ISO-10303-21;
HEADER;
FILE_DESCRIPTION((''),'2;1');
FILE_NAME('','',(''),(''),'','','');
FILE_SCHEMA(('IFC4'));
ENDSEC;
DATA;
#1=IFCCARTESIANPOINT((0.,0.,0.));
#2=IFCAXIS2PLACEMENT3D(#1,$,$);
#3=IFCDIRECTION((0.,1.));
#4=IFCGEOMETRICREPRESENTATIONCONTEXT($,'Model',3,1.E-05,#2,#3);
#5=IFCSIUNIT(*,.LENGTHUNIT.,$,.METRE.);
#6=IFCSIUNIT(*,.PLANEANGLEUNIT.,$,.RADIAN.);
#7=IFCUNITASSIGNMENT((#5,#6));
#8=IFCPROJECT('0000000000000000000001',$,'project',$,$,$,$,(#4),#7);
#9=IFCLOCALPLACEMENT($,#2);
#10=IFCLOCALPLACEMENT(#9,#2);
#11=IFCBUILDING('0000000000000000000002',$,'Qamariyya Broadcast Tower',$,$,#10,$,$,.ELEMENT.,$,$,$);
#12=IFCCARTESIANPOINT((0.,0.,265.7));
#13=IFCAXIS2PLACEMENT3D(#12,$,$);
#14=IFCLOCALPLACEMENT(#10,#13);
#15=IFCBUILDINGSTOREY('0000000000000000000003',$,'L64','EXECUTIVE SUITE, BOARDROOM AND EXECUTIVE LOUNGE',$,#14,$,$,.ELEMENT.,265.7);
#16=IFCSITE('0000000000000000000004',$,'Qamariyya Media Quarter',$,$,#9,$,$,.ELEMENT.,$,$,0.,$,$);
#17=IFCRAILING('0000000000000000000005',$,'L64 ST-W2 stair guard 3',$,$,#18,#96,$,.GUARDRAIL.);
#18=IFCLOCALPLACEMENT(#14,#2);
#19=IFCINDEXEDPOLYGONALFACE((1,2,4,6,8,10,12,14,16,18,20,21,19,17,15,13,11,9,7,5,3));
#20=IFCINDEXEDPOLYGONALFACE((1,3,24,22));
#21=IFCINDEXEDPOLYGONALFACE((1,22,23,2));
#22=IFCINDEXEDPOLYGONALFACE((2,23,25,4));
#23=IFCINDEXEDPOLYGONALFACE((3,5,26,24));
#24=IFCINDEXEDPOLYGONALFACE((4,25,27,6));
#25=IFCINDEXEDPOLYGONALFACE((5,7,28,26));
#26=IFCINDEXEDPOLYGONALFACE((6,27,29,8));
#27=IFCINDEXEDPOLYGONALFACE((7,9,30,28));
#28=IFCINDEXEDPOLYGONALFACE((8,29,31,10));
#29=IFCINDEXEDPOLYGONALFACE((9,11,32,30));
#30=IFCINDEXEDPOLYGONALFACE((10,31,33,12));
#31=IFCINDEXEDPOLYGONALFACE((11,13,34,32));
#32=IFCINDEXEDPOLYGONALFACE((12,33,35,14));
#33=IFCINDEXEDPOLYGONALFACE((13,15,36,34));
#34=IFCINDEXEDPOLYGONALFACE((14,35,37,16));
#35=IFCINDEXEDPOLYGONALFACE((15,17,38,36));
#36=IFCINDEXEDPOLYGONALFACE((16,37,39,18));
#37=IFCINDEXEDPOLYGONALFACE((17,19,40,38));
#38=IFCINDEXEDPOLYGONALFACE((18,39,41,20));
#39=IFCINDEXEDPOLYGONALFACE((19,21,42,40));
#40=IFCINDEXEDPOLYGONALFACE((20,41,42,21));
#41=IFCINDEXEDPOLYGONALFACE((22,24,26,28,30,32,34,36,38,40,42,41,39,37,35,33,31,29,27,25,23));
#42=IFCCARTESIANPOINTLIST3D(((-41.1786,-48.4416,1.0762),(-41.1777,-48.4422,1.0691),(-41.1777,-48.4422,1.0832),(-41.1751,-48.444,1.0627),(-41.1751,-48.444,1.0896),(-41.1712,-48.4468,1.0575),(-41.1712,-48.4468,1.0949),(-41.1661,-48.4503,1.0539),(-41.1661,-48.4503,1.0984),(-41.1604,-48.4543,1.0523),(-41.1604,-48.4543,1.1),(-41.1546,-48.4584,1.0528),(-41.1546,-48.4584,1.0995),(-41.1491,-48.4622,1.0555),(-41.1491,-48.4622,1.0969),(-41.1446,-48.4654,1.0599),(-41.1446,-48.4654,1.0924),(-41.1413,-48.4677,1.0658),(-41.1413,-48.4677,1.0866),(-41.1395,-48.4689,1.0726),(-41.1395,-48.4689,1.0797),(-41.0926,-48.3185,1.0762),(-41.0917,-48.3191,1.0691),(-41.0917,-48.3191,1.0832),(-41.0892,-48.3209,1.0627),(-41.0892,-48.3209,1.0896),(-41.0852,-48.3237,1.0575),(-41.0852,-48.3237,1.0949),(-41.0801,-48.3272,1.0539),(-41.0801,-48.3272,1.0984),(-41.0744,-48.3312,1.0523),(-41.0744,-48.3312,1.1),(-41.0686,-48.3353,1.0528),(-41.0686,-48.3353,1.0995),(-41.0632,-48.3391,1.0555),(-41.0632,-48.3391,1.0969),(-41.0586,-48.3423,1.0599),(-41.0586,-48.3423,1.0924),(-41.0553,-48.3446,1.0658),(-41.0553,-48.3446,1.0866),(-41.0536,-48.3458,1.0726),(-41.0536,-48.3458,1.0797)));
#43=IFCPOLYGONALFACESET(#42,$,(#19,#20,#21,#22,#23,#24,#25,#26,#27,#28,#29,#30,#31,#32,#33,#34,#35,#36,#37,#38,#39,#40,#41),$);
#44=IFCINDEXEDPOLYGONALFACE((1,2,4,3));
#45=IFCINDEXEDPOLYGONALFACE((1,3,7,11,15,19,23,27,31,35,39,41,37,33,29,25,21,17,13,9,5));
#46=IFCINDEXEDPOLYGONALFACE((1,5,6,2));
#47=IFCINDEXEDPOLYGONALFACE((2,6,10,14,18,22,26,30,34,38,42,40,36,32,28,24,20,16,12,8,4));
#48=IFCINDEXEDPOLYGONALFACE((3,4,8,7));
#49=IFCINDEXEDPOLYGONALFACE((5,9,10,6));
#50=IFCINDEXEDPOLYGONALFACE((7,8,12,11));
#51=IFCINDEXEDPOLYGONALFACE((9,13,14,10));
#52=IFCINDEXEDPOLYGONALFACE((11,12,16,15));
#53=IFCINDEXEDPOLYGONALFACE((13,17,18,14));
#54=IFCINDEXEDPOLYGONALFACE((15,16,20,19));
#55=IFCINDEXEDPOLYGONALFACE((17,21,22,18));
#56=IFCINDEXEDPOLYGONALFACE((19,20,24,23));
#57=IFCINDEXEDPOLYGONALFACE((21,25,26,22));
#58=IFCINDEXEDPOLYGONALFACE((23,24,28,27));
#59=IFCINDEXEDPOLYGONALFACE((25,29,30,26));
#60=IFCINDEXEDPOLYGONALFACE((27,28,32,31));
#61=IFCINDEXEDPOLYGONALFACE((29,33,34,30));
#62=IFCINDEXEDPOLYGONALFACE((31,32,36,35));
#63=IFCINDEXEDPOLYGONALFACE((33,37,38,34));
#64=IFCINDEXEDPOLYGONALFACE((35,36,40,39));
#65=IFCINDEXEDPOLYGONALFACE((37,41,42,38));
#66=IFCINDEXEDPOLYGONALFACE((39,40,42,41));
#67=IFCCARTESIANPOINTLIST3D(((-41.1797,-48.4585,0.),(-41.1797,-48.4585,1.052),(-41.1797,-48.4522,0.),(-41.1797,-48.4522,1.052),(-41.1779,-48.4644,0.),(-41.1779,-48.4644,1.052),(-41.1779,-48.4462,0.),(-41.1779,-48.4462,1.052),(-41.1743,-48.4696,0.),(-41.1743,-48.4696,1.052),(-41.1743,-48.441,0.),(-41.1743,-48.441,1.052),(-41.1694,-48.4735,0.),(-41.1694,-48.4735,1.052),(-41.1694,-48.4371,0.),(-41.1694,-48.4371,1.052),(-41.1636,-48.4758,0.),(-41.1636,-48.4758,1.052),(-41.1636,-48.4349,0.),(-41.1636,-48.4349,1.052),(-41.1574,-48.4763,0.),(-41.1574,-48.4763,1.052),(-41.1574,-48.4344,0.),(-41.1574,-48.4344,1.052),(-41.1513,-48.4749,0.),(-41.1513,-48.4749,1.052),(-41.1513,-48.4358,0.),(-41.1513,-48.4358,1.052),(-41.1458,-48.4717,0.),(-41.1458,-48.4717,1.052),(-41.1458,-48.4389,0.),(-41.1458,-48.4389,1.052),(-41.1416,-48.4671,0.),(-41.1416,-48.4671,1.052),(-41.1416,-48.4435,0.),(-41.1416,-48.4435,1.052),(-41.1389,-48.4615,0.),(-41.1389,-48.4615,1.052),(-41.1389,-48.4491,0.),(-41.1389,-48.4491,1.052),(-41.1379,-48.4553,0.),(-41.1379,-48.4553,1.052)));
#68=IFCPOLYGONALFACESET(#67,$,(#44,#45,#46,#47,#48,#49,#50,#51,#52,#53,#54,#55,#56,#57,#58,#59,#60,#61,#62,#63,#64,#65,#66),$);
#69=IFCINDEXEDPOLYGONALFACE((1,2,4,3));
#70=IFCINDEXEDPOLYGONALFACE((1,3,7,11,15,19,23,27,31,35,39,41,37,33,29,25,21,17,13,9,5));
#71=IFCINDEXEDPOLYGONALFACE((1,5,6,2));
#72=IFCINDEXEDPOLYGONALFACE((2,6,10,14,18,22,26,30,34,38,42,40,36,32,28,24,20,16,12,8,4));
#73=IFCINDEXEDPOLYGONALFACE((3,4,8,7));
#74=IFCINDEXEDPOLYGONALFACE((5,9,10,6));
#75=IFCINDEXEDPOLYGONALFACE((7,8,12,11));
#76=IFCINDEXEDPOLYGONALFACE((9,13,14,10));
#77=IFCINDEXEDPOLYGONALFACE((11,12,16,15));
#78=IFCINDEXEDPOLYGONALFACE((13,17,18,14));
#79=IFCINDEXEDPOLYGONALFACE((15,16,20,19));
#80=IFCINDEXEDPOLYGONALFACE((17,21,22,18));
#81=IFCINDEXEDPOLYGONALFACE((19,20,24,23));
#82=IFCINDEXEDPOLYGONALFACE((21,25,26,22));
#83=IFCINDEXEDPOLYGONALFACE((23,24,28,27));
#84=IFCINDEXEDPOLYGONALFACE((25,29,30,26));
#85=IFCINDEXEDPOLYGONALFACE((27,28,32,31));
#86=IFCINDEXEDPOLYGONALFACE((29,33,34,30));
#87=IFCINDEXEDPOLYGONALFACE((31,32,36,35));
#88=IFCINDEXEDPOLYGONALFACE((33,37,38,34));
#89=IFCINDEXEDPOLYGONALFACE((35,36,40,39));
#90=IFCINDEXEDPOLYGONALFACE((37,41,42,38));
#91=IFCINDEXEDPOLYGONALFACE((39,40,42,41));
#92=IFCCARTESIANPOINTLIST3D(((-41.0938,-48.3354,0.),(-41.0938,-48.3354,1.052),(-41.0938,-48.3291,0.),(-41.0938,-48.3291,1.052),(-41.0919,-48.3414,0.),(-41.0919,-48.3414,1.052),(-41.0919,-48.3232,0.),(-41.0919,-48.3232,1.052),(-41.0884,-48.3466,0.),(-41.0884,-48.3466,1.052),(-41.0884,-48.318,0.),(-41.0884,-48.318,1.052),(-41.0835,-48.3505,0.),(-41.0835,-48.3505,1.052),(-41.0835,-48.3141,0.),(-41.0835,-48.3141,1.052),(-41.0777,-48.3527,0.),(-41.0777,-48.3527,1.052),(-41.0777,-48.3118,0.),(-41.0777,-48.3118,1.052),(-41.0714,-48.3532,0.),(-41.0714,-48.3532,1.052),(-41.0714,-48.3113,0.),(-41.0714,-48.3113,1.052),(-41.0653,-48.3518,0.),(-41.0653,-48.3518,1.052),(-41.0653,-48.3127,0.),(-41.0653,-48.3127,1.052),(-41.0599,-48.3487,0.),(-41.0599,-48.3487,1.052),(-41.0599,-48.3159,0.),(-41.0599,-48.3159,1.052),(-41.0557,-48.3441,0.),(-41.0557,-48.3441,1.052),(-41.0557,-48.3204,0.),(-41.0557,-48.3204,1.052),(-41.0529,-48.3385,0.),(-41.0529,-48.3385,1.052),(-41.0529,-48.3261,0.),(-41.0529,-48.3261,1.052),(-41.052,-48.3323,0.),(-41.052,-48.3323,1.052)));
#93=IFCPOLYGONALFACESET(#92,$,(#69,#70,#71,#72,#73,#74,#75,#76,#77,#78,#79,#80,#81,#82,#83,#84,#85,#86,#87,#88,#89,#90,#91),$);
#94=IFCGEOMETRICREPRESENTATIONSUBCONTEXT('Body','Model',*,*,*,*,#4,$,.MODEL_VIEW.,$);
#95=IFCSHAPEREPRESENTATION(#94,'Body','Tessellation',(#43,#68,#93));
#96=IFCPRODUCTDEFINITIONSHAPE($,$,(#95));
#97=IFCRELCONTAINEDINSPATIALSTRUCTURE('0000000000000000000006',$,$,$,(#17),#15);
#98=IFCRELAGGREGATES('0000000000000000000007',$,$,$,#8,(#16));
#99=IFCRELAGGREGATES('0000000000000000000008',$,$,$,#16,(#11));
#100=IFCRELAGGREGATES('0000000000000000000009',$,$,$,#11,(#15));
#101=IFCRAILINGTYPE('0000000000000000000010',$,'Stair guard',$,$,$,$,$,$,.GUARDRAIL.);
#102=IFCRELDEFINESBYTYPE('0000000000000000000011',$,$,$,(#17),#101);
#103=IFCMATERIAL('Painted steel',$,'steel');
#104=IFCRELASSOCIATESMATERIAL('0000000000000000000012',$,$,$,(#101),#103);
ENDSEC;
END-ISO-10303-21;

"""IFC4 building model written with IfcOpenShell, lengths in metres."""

from ifc_helpers import new_model, si_unit, direction, frame, origin, origin_2d, place, context, subcontext, project, spatial, circle, extrude, material, type_object, element, save


model = new_model("IFC4")

# Units and contexts
model_context = context("Model", 3, precision=1e-05, world=origin(), true_north=direction((0.0, 1.0)))
body_context = subcontext(model_context, "Body", "Model", "MODEL_VIEW")
ifc_project = project(units=[si_unit("LENGTHUNIT", "METRE"), si_unit("PLANEANGLEUNIT", "RADIAN")], contexts=[model_context])

# Site, building, storey
site_placement = place(None, origin())
site = spatial("IfcSite", under=ifc_project, at=site_placement, Name="Qamariyya Media Quarter", CompositionType="ELEMENT", RefElevation=0.0)
building_placement = place(site_placement, origin())
building = spatial("IfcBuilding", under=site, at=building_placement, Name="Qamariyya Broadcast Tower", CompositionType="ELEMENT")
storey_placement = place(building_placement, frame((0.0, 0.0, 265.7)))
storey = spatial("IfcBuildingStorey", under=building, at=storey_placement, Name="L64", Description="EXECUTIVE SUITE, BOARDROOM AND EXECUTIVE LOUNGE", CompositionType="ELEMENT", Elevation=265.7)

# Railing
ifc_material_1 = material(Name="Painted steel", Category="steel")
railing_type_1 = type_object("IfcRailingType", Name="Stair guard", PredefinedType="GUARDRAIL", material=ifc_material_1)
railing_1_placement = place(storey_placement, frame((-41.1589, -48.4553, 0.0)))
element("IfcRailing", 1, at=railing_1_placement, inside=storey, type_object=railing_type_1, Name="L64 ST-W2 stair guard 3", PredefinedType="GUARDRAIL", context=body_context, shape_type="SweptSolid", body=[
    extrude(circle(Radius=0.0239, at=origin_2d()), frame((0.0, 0.0, 1.0762), z_axis=(0.572589, 0.819843, 0.0), x_axis=(-0.819843, 0.572589, 0.0)), (0.0, 0.0, 1.0), 0.1501),
    extrude(circle(Radius=0.021, at=origin_2d()), origin(), (0.0, 0.0, 1.0), 1.052),
    extrude(circle(Radius=0.021, at=origin_2d()), frame((0.0859, 0.123, 0.0)), (0.0, 0.0, 1.0), 1.052),
])

save(model, "model.ifc")
